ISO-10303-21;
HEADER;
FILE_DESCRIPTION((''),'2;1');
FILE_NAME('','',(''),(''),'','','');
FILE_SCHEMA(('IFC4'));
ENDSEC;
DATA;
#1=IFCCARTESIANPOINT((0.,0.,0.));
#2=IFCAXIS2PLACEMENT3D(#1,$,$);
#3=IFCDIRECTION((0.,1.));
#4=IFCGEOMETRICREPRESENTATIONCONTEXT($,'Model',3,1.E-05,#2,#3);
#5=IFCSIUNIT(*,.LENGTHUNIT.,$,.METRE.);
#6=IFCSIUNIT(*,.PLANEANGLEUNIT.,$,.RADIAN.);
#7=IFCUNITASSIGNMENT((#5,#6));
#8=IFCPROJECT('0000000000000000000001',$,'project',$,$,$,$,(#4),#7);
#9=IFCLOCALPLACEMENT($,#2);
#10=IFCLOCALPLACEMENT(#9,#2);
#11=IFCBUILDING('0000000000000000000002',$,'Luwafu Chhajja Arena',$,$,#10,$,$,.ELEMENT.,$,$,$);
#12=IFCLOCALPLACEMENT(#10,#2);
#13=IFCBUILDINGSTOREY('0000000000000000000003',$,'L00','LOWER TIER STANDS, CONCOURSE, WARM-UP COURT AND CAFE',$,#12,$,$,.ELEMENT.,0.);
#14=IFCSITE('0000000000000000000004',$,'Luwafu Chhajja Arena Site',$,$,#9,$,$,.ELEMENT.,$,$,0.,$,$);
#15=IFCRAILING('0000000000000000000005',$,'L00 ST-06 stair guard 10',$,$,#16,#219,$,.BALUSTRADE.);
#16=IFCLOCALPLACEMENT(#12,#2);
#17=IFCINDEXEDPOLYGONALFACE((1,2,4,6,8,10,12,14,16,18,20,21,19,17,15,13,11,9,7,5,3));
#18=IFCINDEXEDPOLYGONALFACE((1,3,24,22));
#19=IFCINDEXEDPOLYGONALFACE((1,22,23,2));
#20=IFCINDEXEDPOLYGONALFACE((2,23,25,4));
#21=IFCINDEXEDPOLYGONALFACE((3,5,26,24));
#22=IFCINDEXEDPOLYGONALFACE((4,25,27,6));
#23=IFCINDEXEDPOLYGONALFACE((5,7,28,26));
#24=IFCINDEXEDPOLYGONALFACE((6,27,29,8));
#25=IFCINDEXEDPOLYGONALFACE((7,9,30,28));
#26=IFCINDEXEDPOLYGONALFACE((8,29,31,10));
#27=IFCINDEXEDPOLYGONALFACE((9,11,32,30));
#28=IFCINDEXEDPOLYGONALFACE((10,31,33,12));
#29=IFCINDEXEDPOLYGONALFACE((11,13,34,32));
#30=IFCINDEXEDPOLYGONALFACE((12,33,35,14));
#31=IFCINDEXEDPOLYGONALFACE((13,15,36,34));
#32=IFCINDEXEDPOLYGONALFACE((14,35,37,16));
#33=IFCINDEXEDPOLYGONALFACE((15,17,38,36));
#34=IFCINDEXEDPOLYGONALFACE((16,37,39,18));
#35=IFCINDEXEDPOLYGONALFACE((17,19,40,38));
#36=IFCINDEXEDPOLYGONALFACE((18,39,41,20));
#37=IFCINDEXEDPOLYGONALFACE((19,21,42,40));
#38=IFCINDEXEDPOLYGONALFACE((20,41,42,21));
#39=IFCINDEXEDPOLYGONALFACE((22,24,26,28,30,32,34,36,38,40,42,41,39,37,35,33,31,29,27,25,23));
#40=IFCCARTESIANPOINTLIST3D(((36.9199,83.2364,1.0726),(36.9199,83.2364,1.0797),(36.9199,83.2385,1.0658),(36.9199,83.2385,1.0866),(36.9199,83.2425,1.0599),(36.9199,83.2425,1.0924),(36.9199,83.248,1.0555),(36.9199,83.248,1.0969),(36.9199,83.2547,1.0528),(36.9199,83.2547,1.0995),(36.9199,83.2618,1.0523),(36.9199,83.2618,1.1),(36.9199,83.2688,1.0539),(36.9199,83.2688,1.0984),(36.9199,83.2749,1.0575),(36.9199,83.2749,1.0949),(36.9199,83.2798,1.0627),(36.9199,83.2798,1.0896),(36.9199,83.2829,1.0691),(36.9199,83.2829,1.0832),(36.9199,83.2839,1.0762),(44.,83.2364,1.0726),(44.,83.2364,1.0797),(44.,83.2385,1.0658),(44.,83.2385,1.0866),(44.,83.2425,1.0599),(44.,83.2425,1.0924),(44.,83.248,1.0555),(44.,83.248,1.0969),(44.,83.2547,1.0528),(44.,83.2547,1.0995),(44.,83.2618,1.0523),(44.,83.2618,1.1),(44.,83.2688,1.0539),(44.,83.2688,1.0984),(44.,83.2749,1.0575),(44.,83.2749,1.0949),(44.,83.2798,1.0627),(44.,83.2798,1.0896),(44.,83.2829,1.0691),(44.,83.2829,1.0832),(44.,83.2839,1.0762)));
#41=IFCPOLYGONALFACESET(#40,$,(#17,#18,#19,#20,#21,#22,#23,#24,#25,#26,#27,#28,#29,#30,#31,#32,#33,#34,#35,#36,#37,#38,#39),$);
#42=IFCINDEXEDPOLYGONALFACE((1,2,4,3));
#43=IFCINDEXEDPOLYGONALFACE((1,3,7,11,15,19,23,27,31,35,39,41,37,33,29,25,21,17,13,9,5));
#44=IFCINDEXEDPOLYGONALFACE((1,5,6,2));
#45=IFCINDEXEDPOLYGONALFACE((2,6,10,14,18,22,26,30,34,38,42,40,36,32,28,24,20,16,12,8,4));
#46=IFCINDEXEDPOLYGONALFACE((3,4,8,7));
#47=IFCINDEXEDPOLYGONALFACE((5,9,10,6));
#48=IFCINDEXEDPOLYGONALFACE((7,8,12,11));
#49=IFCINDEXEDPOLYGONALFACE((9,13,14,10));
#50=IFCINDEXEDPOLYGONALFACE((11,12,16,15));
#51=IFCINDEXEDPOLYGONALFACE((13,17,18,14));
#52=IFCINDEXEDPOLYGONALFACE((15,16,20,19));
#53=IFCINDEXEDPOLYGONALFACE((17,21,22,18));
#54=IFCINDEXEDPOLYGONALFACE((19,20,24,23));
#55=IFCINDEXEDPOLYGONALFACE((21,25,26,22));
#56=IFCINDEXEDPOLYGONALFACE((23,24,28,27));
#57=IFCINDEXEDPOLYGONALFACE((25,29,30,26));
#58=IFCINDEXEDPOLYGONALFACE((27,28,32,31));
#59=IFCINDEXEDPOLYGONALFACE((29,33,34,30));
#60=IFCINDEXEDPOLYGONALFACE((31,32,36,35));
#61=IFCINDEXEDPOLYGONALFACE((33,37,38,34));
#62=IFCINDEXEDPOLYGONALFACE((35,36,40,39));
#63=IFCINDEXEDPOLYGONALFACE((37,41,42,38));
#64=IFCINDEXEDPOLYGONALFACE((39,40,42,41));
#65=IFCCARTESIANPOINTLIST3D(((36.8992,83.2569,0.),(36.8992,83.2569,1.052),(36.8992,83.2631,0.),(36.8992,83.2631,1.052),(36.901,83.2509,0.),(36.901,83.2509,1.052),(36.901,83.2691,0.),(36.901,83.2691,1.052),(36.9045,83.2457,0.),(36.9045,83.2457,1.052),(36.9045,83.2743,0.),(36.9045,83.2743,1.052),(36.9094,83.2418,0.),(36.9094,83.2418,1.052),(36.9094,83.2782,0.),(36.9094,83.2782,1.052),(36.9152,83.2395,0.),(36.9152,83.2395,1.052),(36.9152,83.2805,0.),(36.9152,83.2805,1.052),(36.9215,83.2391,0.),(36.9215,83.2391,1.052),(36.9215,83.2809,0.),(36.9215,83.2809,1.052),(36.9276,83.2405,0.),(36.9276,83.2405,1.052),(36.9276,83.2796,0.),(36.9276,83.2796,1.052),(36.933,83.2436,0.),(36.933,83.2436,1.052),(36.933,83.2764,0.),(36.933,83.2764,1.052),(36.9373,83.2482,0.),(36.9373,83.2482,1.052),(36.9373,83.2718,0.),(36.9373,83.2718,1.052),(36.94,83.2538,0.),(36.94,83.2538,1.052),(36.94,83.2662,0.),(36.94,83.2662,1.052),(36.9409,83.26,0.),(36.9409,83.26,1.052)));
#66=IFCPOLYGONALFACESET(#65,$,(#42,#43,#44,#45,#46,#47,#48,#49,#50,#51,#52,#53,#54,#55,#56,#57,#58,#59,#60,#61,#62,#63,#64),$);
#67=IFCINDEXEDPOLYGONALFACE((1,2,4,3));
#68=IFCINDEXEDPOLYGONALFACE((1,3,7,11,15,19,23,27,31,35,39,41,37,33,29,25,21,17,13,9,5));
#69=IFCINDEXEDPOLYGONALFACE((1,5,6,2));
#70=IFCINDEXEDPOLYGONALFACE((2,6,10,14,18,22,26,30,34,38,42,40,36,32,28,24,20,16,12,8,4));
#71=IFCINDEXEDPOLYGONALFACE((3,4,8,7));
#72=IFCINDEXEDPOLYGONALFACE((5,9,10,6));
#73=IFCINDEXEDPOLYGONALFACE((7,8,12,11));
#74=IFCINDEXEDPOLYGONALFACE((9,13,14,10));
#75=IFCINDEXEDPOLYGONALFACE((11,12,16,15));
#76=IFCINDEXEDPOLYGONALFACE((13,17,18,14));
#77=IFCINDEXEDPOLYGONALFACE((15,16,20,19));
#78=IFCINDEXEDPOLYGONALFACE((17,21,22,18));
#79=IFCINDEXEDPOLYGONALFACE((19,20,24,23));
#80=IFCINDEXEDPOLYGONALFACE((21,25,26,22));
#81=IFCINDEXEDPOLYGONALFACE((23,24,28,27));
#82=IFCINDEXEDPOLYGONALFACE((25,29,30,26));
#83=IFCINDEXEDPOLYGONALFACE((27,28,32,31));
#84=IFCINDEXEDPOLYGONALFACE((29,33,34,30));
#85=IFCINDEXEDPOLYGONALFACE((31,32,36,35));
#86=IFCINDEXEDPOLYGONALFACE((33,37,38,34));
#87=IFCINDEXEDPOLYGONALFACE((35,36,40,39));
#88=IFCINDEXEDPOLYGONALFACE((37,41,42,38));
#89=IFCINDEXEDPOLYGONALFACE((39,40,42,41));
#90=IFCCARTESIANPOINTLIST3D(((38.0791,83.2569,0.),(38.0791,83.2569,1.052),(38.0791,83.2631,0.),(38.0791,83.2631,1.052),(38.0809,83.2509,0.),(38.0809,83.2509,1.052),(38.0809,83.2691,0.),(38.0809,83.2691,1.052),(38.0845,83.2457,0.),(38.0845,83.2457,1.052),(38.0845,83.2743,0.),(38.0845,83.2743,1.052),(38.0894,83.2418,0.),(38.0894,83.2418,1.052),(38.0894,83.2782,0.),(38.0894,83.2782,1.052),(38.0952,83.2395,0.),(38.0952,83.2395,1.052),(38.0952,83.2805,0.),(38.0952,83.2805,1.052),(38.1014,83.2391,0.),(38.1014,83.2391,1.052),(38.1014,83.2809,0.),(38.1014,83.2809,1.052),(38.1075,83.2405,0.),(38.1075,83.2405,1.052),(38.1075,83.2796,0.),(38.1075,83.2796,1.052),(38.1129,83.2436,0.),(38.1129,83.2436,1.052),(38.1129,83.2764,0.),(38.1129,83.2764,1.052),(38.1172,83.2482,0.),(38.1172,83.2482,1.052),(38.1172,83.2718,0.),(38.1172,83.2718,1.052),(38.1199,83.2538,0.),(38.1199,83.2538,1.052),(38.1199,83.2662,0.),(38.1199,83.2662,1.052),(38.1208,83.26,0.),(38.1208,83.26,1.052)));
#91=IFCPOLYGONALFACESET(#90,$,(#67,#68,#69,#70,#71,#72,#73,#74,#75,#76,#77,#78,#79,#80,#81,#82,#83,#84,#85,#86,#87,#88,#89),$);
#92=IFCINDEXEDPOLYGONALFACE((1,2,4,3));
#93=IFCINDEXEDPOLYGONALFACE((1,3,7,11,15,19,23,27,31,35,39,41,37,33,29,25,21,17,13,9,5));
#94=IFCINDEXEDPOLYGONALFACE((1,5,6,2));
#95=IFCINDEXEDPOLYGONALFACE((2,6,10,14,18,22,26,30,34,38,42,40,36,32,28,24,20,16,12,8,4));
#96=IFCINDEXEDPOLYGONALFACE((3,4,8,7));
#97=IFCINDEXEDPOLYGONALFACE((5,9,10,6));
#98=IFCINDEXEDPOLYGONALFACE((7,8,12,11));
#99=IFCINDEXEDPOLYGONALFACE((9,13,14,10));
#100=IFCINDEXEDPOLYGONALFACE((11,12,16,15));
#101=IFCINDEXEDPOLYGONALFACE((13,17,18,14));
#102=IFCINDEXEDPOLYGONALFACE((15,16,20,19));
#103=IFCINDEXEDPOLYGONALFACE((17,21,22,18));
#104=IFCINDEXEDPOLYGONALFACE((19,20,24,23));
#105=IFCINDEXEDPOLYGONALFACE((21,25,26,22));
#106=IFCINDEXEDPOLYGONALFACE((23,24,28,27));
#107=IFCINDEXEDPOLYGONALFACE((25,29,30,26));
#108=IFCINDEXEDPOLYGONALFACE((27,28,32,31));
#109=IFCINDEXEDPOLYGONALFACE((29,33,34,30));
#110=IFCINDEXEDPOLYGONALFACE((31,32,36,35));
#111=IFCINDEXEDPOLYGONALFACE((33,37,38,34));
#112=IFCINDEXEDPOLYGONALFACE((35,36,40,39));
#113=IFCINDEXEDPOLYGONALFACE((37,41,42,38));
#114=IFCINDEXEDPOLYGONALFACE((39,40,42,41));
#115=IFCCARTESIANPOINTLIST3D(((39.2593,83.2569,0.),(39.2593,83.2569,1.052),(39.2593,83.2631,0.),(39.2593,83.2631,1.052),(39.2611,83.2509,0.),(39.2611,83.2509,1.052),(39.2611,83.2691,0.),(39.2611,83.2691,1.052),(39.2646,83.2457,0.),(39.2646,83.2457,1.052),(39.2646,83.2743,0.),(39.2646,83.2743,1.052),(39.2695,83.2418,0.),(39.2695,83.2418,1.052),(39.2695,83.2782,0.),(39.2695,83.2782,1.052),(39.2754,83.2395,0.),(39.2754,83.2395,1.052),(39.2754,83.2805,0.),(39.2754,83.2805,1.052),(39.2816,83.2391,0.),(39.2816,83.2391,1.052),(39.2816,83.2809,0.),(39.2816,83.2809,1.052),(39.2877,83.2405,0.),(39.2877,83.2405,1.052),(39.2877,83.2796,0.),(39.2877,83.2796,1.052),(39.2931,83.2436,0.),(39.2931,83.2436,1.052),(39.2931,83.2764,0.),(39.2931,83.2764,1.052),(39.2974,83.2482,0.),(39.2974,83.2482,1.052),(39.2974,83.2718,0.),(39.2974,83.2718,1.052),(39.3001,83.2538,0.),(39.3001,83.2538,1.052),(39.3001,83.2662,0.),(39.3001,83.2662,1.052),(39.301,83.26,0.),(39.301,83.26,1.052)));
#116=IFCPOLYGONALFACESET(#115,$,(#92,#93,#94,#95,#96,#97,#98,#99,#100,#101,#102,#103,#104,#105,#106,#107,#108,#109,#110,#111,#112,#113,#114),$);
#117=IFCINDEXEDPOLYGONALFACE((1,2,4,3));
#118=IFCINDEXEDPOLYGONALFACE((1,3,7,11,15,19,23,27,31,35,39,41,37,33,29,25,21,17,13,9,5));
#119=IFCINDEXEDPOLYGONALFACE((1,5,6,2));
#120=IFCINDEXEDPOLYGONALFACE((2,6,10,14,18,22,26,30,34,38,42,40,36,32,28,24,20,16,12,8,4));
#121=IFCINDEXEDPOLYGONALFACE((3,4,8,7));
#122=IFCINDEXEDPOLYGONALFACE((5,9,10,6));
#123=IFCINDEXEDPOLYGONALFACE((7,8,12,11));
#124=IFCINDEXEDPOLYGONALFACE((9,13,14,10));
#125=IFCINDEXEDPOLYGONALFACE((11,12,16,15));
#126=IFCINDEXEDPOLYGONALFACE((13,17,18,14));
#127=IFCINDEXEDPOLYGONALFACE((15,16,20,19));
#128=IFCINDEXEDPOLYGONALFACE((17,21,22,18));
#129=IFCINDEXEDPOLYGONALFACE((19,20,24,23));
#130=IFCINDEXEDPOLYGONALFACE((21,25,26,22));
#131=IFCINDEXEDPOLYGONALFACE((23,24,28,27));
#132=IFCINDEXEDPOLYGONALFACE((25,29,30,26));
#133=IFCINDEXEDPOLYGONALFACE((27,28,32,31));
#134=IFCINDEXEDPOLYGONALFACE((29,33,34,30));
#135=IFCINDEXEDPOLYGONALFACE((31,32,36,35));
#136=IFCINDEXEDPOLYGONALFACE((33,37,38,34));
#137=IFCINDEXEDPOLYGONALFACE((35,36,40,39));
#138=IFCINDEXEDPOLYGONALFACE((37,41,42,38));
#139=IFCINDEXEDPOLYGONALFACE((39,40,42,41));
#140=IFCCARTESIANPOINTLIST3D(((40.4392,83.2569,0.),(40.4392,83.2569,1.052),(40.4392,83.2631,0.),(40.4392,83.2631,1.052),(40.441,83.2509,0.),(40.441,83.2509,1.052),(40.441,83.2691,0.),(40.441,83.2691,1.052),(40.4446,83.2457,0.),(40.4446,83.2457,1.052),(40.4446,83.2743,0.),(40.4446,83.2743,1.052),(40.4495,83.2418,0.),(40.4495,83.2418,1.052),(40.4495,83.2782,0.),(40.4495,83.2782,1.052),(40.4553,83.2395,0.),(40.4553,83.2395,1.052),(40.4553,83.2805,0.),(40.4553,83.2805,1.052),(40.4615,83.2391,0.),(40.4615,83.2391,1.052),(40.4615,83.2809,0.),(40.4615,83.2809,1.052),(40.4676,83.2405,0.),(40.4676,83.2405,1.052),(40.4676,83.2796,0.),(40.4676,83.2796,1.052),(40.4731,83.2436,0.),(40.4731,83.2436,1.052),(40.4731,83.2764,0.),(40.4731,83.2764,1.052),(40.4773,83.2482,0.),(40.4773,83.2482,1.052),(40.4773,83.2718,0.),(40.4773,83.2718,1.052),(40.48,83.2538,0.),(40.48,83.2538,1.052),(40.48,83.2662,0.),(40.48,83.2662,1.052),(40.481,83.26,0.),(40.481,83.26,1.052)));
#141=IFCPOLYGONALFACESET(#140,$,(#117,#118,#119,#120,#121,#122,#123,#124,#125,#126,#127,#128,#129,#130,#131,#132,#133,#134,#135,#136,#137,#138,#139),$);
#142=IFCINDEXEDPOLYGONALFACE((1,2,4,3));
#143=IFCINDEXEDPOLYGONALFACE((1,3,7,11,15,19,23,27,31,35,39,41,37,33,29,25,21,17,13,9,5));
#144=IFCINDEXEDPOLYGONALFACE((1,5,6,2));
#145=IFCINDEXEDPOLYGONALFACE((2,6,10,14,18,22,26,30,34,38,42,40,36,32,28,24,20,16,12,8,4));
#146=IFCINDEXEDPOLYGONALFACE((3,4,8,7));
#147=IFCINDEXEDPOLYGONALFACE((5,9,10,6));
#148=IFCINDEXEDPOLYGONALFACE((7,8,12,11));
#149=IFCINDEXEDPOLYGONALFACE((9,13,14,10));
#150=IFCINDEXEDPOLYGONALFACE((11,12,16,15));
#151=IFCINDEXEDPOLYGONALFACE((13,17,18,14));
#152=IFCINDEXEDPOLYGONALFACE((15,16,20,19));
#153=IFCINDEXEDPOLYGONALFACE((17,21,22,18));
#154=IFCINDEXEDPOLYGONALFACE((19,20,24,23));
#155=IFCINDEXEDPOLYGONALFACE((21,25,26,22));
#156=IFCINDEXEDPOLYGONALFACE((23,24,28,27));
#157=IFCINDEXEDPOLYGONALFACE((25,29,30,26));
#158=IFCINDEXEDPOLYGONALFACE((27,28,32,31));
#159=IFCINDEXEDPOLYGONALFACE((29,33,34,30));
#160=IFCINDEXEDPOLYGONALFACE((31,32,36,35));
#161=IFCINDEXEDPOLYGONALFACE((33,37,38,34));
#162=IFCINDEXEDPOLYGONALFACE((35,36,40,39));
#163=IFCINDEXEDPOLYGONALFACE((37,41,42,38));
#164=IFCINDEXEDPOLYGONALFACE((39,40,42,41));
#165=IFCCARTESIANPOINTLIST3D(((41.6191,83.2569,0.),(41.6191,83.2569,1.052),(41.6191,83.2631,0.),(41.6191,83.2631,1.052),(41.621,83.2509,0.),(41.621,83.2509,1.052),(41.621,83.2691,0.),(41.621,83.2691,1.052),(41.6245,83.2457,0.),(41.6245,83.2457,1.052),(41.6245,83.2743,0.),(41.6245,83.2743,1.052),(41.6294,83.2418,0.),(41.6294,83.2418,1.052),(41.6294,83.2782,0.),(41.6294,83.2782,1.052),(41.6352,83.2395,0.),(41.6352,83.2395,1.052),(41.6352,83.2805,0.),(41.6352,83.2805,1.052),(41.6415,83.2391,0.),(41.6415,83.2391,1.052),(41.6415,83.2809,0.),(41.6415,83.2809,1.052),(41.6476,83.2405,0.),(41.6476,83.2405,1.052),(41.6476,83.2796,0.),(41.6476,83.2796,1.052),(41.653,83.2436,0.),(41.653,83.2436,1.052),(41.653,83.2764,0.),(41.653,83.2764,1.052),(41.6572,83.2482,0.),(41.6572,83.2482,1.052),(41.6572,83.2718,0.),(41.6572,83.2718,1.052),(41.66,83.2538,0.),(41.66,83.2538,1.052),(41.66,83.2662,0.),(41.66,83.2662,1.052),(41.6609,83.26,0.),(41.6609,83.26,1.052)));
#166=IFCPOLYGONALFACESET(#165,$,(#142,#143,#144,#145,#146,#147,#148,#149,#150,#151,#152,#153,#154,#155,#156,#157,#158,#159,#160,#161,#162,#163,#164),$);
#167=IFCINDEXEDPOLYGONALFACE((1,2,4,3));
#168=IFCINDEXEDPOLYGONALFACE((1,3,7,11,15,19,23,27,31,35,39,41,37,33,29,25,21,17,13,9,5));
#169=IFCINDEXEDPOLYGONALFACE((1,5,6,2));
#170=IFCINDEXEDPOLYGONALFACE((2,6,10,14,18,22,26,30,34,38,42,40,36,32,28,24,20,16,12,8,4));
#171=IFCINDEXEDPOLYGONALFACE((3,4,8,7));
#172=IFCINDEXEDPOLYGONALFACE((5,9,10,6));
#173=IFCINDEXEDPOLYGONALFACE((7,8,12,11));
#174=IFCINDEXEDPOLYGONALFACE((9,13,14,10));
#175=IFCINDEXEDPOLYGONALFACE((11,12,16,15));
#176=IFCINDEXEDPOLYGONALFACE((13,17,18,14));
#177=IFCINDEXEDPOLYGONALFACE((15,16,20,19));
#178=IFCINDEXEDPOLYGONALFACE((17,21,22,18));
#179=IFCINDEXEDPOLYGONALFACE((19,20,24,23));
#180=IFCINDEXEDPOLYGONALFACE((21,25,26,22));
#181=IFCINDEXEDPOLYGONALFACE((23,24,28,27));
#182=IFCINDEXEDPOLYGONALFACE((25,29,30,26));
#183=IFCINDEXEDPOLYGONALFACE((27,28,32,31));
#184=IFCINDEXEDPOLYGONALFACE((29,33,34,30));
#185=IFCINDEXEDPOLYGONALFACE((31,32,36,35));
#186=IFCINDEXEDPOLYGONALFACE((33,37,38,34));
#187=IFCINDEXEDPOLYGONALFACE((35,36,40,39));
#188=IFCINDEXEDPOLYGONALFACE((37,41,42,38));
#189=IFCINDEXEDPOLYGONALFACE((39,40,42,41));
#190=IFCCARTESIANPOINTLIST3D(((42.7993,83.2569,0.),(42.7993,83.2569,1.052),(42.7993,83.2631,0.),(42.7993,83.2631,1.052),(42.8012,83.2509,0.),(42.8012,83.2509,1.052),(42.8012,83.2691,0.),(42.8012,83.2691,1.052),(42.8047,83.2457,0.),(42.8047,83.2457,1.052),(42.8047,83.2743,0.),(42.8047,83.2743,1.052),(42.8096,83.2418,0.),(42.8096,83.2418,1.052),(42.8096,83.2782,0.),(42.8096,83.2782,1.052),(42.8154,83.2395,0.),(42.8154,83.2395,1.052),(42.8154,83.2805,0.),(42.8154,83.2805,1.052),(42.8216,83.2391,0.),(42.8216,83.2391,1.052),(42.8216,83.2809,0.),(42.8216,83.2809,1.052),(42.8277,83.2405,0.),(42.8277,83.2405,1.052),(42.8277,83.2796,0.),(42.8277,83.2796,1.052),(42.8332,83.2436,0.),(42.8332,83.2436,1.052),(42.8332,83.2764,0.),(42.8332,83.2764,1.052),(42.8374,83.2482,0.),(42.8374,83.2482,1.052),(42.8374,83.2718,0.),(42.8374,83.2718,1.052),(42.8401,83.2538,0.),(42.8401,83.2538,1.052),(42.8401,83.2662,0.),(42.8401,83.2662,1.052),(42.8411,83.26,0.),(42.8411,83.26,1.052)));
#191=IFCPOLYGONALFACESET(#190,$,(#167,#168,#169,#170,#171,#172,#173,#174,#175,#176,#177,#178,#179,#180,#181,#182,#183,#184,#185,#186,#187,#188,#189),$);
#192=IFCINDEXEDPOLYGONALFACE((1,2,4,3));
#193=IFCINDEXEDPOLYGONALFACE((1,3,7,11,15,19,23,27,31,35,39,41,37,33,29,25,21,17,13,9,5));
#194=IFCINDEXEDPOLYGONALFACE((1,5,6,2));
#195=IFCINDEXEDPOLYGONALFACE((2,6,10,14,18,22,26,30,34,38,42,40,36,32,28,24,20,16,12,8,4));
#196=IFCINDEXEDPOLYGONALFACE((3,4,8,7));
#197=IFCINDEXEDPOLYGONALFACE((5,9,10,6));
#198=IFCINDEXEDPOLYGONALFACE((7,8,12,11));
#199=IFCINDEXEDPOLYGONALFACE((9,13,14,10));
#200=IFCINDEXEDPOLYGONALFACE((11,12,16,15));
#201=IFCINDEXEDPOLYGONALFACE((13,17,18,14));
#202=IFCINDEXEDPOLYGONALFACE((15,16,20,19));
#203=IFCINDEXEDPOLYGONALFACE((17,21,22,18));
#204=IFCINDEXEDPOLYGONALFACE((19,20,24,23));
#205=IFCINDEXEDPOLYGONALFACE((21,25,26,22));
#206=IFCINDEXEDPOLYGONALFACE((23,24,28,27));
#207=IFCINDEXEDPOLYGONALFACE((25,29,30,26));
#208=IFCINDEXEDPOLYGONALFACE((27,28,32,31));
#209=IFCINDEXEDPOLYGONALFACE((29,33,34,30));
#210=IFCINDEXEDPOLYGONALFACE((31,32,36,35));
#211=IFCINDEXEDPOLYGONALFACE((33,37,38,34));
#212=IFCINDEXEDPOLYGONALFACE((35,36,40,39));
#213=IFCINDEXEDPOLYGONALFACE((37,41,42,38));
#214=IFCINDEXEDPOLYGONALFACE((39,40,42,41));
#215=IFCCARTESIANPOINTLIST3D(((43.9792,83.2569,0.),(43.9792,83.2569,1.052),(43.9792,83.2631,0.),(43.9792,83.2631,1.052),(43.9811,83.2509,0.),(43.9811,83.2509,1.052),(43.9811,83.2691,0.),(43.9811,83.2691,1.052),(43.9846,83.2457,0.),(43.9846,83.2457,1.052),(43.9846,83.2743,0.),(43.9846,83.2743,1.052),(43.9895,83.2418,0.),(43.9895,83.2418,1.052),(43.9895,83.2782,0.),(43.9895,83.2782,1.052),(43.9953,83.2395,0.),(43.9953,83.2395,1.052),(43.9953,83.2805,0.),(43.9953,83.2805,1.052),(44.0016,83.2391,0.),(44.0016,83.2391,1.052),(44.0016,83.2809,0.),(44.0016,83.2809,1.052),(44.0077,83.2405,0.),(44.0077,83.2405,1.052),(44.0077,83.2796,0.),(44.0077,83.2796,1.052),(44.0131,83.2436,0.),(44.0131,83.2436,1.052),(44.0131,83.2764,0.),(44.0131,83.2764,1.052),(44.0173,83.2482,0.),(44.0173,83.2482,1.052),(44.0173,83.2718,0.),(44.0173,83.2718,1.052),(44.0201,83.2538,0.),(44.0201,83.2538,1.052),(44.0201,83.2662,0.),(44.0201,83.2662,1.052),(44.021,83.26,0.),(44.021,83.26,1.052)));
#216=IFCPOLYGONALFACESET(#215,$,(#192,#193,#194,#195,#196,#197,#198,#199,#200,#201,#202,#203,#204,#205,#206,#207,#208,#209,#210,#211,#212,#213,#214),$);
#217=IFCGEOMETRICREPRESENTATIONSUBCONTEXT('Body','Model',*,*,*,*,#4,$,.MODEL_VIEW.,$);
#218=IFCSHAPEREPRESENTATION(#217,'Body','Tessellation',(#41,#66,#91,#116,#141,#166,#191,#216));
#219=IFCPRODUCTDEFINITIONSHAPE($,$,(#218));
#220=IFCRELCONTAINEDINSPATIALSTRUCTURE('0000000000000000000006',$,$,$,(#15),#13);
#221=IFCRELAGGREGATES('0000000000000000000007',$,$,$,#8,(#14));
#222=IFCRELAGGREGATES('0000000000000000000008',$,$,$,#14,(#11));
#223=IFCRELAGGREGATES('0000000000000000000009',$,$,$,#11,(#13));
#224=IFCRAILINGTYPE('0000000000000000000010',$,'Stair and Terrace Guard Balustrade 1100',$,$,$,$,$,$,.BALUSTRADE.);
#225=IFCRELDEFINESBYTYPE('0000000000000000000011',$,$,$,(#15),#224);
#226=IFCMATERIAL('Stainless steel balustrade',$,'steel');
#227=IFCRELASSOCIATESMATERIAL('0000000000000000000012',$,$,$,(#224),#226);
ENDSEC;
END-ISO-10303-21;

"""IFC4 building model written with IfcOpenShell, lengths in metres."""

from ifc_helpers import new_model, si_unit, direction, frame, origin, origin_2d, place, context, subcontext, project, spatial, circle, extrude, material, type_object, element, save


model = new_model("IFC4")

# Units and contexts
model_context = context("Model", 3, precision=1e-05, world=origin(), true_north=direction((0.0, 1.0)))
body_context = subcontext(model_context, "Body", "Model", "MODEL_VIEW")
ifc_project = project(units=[si_unit("LENGTHUNIT", "METRE"), si_unit("PLANEANGLEUNIT", "RADIAN")], contexts=[model_context])

# Site, building, storey
site_placement = place(None, origin())
site = spatial("IfcSite", under=ifc_project, at=site_placement, Name="Luwafu Chhajja Arena Site", CompositionType="ELEMENT", RefElevation=0.0)
building_placement = place(site_placement, origin())
building = spatial("IfcBuilding", under=site, at=building_placement, Name="Luwafu Chhajja Arena", CompositionType="ELEMENT")
storey_placement = place(building_placement, origin())
storey = spatial("IfcBuildingStorey", under=building, at=storey_placement, Name="L00", Description="LOWER TIER STANDS, CONCOURSE, WARM-UP COURT AND CAFE", CompositionType="ELEMENT", Elevation=0.0)

# Railing
ifc_material_1 = material(Name="Stainless steel balustrade", Category="steel")
railing_type_1 = type_object("IfcRailingType", Name="Stair and Terrace Guard Balustrade 1100", PredefinedType="BALUSTRADE", material=ifc_material_1)
for number, where, name in (
    (1, (36.9199, 83.26, 0.0), "L00 ST-06 stair guard 10"),
):
    element("IfcRailing", number, at=place(storey_placement, frame(where)), inside=storey, type_object=railing_type_1, Name=name, PredefinedType="BALUSTRADE", context=body_context, shape_type="SweptSolid", body=[
        extrude(circle(Radius=0.0239, at=origin_2d()), frame((0.0, 0.0, 1.0762), z_axis=(1.0, 0.0, 0.0), x_axis=(0.0, 1.0, 0.0)), (0.0, 0.0, 1.0), 7.0801),
        extrude(circle(Radius=0.021, at=origin_2d()), origin(), (0.0, 0.0, 1.0), 1.052),
        extrude(circle(Radius=0.021, at=origin_2d()), frame((1.1799, 0.0, 0.0)), (0.0, 0.0, 1.0), 1.052),
        extrude(circle(Radius=0.021, at=origin_2d()), frame((2.3601, 0.0, 0.0)), (0.0, 0.0, 1.0), 1.052),
        extrude(circle(Radius=0.021, at=origin_2d()), frame((3.54, 0.0, 0.0)), (0.0, 0.0, 1.0), 1.052),
        extrude(circle(Radius=0.021, at=origin_2d()), frame((4.72, 0.0, 0.0)), (0.0, 0.0, 1.0), 1.052),
        extrude(circle(Radius=0.021, at=origin_2d()), frame((5.9001, 0.0, 0.0)), (0.0, 0.0, 1.0), 1.052),
        extrude(circle(Radius=0.021, at=origin_2d()), frame((7.0801, 0.0, 0.0)), (0.0, 0.0, 1.0), 1.052),
    ])

save(model, "model.ifc")
